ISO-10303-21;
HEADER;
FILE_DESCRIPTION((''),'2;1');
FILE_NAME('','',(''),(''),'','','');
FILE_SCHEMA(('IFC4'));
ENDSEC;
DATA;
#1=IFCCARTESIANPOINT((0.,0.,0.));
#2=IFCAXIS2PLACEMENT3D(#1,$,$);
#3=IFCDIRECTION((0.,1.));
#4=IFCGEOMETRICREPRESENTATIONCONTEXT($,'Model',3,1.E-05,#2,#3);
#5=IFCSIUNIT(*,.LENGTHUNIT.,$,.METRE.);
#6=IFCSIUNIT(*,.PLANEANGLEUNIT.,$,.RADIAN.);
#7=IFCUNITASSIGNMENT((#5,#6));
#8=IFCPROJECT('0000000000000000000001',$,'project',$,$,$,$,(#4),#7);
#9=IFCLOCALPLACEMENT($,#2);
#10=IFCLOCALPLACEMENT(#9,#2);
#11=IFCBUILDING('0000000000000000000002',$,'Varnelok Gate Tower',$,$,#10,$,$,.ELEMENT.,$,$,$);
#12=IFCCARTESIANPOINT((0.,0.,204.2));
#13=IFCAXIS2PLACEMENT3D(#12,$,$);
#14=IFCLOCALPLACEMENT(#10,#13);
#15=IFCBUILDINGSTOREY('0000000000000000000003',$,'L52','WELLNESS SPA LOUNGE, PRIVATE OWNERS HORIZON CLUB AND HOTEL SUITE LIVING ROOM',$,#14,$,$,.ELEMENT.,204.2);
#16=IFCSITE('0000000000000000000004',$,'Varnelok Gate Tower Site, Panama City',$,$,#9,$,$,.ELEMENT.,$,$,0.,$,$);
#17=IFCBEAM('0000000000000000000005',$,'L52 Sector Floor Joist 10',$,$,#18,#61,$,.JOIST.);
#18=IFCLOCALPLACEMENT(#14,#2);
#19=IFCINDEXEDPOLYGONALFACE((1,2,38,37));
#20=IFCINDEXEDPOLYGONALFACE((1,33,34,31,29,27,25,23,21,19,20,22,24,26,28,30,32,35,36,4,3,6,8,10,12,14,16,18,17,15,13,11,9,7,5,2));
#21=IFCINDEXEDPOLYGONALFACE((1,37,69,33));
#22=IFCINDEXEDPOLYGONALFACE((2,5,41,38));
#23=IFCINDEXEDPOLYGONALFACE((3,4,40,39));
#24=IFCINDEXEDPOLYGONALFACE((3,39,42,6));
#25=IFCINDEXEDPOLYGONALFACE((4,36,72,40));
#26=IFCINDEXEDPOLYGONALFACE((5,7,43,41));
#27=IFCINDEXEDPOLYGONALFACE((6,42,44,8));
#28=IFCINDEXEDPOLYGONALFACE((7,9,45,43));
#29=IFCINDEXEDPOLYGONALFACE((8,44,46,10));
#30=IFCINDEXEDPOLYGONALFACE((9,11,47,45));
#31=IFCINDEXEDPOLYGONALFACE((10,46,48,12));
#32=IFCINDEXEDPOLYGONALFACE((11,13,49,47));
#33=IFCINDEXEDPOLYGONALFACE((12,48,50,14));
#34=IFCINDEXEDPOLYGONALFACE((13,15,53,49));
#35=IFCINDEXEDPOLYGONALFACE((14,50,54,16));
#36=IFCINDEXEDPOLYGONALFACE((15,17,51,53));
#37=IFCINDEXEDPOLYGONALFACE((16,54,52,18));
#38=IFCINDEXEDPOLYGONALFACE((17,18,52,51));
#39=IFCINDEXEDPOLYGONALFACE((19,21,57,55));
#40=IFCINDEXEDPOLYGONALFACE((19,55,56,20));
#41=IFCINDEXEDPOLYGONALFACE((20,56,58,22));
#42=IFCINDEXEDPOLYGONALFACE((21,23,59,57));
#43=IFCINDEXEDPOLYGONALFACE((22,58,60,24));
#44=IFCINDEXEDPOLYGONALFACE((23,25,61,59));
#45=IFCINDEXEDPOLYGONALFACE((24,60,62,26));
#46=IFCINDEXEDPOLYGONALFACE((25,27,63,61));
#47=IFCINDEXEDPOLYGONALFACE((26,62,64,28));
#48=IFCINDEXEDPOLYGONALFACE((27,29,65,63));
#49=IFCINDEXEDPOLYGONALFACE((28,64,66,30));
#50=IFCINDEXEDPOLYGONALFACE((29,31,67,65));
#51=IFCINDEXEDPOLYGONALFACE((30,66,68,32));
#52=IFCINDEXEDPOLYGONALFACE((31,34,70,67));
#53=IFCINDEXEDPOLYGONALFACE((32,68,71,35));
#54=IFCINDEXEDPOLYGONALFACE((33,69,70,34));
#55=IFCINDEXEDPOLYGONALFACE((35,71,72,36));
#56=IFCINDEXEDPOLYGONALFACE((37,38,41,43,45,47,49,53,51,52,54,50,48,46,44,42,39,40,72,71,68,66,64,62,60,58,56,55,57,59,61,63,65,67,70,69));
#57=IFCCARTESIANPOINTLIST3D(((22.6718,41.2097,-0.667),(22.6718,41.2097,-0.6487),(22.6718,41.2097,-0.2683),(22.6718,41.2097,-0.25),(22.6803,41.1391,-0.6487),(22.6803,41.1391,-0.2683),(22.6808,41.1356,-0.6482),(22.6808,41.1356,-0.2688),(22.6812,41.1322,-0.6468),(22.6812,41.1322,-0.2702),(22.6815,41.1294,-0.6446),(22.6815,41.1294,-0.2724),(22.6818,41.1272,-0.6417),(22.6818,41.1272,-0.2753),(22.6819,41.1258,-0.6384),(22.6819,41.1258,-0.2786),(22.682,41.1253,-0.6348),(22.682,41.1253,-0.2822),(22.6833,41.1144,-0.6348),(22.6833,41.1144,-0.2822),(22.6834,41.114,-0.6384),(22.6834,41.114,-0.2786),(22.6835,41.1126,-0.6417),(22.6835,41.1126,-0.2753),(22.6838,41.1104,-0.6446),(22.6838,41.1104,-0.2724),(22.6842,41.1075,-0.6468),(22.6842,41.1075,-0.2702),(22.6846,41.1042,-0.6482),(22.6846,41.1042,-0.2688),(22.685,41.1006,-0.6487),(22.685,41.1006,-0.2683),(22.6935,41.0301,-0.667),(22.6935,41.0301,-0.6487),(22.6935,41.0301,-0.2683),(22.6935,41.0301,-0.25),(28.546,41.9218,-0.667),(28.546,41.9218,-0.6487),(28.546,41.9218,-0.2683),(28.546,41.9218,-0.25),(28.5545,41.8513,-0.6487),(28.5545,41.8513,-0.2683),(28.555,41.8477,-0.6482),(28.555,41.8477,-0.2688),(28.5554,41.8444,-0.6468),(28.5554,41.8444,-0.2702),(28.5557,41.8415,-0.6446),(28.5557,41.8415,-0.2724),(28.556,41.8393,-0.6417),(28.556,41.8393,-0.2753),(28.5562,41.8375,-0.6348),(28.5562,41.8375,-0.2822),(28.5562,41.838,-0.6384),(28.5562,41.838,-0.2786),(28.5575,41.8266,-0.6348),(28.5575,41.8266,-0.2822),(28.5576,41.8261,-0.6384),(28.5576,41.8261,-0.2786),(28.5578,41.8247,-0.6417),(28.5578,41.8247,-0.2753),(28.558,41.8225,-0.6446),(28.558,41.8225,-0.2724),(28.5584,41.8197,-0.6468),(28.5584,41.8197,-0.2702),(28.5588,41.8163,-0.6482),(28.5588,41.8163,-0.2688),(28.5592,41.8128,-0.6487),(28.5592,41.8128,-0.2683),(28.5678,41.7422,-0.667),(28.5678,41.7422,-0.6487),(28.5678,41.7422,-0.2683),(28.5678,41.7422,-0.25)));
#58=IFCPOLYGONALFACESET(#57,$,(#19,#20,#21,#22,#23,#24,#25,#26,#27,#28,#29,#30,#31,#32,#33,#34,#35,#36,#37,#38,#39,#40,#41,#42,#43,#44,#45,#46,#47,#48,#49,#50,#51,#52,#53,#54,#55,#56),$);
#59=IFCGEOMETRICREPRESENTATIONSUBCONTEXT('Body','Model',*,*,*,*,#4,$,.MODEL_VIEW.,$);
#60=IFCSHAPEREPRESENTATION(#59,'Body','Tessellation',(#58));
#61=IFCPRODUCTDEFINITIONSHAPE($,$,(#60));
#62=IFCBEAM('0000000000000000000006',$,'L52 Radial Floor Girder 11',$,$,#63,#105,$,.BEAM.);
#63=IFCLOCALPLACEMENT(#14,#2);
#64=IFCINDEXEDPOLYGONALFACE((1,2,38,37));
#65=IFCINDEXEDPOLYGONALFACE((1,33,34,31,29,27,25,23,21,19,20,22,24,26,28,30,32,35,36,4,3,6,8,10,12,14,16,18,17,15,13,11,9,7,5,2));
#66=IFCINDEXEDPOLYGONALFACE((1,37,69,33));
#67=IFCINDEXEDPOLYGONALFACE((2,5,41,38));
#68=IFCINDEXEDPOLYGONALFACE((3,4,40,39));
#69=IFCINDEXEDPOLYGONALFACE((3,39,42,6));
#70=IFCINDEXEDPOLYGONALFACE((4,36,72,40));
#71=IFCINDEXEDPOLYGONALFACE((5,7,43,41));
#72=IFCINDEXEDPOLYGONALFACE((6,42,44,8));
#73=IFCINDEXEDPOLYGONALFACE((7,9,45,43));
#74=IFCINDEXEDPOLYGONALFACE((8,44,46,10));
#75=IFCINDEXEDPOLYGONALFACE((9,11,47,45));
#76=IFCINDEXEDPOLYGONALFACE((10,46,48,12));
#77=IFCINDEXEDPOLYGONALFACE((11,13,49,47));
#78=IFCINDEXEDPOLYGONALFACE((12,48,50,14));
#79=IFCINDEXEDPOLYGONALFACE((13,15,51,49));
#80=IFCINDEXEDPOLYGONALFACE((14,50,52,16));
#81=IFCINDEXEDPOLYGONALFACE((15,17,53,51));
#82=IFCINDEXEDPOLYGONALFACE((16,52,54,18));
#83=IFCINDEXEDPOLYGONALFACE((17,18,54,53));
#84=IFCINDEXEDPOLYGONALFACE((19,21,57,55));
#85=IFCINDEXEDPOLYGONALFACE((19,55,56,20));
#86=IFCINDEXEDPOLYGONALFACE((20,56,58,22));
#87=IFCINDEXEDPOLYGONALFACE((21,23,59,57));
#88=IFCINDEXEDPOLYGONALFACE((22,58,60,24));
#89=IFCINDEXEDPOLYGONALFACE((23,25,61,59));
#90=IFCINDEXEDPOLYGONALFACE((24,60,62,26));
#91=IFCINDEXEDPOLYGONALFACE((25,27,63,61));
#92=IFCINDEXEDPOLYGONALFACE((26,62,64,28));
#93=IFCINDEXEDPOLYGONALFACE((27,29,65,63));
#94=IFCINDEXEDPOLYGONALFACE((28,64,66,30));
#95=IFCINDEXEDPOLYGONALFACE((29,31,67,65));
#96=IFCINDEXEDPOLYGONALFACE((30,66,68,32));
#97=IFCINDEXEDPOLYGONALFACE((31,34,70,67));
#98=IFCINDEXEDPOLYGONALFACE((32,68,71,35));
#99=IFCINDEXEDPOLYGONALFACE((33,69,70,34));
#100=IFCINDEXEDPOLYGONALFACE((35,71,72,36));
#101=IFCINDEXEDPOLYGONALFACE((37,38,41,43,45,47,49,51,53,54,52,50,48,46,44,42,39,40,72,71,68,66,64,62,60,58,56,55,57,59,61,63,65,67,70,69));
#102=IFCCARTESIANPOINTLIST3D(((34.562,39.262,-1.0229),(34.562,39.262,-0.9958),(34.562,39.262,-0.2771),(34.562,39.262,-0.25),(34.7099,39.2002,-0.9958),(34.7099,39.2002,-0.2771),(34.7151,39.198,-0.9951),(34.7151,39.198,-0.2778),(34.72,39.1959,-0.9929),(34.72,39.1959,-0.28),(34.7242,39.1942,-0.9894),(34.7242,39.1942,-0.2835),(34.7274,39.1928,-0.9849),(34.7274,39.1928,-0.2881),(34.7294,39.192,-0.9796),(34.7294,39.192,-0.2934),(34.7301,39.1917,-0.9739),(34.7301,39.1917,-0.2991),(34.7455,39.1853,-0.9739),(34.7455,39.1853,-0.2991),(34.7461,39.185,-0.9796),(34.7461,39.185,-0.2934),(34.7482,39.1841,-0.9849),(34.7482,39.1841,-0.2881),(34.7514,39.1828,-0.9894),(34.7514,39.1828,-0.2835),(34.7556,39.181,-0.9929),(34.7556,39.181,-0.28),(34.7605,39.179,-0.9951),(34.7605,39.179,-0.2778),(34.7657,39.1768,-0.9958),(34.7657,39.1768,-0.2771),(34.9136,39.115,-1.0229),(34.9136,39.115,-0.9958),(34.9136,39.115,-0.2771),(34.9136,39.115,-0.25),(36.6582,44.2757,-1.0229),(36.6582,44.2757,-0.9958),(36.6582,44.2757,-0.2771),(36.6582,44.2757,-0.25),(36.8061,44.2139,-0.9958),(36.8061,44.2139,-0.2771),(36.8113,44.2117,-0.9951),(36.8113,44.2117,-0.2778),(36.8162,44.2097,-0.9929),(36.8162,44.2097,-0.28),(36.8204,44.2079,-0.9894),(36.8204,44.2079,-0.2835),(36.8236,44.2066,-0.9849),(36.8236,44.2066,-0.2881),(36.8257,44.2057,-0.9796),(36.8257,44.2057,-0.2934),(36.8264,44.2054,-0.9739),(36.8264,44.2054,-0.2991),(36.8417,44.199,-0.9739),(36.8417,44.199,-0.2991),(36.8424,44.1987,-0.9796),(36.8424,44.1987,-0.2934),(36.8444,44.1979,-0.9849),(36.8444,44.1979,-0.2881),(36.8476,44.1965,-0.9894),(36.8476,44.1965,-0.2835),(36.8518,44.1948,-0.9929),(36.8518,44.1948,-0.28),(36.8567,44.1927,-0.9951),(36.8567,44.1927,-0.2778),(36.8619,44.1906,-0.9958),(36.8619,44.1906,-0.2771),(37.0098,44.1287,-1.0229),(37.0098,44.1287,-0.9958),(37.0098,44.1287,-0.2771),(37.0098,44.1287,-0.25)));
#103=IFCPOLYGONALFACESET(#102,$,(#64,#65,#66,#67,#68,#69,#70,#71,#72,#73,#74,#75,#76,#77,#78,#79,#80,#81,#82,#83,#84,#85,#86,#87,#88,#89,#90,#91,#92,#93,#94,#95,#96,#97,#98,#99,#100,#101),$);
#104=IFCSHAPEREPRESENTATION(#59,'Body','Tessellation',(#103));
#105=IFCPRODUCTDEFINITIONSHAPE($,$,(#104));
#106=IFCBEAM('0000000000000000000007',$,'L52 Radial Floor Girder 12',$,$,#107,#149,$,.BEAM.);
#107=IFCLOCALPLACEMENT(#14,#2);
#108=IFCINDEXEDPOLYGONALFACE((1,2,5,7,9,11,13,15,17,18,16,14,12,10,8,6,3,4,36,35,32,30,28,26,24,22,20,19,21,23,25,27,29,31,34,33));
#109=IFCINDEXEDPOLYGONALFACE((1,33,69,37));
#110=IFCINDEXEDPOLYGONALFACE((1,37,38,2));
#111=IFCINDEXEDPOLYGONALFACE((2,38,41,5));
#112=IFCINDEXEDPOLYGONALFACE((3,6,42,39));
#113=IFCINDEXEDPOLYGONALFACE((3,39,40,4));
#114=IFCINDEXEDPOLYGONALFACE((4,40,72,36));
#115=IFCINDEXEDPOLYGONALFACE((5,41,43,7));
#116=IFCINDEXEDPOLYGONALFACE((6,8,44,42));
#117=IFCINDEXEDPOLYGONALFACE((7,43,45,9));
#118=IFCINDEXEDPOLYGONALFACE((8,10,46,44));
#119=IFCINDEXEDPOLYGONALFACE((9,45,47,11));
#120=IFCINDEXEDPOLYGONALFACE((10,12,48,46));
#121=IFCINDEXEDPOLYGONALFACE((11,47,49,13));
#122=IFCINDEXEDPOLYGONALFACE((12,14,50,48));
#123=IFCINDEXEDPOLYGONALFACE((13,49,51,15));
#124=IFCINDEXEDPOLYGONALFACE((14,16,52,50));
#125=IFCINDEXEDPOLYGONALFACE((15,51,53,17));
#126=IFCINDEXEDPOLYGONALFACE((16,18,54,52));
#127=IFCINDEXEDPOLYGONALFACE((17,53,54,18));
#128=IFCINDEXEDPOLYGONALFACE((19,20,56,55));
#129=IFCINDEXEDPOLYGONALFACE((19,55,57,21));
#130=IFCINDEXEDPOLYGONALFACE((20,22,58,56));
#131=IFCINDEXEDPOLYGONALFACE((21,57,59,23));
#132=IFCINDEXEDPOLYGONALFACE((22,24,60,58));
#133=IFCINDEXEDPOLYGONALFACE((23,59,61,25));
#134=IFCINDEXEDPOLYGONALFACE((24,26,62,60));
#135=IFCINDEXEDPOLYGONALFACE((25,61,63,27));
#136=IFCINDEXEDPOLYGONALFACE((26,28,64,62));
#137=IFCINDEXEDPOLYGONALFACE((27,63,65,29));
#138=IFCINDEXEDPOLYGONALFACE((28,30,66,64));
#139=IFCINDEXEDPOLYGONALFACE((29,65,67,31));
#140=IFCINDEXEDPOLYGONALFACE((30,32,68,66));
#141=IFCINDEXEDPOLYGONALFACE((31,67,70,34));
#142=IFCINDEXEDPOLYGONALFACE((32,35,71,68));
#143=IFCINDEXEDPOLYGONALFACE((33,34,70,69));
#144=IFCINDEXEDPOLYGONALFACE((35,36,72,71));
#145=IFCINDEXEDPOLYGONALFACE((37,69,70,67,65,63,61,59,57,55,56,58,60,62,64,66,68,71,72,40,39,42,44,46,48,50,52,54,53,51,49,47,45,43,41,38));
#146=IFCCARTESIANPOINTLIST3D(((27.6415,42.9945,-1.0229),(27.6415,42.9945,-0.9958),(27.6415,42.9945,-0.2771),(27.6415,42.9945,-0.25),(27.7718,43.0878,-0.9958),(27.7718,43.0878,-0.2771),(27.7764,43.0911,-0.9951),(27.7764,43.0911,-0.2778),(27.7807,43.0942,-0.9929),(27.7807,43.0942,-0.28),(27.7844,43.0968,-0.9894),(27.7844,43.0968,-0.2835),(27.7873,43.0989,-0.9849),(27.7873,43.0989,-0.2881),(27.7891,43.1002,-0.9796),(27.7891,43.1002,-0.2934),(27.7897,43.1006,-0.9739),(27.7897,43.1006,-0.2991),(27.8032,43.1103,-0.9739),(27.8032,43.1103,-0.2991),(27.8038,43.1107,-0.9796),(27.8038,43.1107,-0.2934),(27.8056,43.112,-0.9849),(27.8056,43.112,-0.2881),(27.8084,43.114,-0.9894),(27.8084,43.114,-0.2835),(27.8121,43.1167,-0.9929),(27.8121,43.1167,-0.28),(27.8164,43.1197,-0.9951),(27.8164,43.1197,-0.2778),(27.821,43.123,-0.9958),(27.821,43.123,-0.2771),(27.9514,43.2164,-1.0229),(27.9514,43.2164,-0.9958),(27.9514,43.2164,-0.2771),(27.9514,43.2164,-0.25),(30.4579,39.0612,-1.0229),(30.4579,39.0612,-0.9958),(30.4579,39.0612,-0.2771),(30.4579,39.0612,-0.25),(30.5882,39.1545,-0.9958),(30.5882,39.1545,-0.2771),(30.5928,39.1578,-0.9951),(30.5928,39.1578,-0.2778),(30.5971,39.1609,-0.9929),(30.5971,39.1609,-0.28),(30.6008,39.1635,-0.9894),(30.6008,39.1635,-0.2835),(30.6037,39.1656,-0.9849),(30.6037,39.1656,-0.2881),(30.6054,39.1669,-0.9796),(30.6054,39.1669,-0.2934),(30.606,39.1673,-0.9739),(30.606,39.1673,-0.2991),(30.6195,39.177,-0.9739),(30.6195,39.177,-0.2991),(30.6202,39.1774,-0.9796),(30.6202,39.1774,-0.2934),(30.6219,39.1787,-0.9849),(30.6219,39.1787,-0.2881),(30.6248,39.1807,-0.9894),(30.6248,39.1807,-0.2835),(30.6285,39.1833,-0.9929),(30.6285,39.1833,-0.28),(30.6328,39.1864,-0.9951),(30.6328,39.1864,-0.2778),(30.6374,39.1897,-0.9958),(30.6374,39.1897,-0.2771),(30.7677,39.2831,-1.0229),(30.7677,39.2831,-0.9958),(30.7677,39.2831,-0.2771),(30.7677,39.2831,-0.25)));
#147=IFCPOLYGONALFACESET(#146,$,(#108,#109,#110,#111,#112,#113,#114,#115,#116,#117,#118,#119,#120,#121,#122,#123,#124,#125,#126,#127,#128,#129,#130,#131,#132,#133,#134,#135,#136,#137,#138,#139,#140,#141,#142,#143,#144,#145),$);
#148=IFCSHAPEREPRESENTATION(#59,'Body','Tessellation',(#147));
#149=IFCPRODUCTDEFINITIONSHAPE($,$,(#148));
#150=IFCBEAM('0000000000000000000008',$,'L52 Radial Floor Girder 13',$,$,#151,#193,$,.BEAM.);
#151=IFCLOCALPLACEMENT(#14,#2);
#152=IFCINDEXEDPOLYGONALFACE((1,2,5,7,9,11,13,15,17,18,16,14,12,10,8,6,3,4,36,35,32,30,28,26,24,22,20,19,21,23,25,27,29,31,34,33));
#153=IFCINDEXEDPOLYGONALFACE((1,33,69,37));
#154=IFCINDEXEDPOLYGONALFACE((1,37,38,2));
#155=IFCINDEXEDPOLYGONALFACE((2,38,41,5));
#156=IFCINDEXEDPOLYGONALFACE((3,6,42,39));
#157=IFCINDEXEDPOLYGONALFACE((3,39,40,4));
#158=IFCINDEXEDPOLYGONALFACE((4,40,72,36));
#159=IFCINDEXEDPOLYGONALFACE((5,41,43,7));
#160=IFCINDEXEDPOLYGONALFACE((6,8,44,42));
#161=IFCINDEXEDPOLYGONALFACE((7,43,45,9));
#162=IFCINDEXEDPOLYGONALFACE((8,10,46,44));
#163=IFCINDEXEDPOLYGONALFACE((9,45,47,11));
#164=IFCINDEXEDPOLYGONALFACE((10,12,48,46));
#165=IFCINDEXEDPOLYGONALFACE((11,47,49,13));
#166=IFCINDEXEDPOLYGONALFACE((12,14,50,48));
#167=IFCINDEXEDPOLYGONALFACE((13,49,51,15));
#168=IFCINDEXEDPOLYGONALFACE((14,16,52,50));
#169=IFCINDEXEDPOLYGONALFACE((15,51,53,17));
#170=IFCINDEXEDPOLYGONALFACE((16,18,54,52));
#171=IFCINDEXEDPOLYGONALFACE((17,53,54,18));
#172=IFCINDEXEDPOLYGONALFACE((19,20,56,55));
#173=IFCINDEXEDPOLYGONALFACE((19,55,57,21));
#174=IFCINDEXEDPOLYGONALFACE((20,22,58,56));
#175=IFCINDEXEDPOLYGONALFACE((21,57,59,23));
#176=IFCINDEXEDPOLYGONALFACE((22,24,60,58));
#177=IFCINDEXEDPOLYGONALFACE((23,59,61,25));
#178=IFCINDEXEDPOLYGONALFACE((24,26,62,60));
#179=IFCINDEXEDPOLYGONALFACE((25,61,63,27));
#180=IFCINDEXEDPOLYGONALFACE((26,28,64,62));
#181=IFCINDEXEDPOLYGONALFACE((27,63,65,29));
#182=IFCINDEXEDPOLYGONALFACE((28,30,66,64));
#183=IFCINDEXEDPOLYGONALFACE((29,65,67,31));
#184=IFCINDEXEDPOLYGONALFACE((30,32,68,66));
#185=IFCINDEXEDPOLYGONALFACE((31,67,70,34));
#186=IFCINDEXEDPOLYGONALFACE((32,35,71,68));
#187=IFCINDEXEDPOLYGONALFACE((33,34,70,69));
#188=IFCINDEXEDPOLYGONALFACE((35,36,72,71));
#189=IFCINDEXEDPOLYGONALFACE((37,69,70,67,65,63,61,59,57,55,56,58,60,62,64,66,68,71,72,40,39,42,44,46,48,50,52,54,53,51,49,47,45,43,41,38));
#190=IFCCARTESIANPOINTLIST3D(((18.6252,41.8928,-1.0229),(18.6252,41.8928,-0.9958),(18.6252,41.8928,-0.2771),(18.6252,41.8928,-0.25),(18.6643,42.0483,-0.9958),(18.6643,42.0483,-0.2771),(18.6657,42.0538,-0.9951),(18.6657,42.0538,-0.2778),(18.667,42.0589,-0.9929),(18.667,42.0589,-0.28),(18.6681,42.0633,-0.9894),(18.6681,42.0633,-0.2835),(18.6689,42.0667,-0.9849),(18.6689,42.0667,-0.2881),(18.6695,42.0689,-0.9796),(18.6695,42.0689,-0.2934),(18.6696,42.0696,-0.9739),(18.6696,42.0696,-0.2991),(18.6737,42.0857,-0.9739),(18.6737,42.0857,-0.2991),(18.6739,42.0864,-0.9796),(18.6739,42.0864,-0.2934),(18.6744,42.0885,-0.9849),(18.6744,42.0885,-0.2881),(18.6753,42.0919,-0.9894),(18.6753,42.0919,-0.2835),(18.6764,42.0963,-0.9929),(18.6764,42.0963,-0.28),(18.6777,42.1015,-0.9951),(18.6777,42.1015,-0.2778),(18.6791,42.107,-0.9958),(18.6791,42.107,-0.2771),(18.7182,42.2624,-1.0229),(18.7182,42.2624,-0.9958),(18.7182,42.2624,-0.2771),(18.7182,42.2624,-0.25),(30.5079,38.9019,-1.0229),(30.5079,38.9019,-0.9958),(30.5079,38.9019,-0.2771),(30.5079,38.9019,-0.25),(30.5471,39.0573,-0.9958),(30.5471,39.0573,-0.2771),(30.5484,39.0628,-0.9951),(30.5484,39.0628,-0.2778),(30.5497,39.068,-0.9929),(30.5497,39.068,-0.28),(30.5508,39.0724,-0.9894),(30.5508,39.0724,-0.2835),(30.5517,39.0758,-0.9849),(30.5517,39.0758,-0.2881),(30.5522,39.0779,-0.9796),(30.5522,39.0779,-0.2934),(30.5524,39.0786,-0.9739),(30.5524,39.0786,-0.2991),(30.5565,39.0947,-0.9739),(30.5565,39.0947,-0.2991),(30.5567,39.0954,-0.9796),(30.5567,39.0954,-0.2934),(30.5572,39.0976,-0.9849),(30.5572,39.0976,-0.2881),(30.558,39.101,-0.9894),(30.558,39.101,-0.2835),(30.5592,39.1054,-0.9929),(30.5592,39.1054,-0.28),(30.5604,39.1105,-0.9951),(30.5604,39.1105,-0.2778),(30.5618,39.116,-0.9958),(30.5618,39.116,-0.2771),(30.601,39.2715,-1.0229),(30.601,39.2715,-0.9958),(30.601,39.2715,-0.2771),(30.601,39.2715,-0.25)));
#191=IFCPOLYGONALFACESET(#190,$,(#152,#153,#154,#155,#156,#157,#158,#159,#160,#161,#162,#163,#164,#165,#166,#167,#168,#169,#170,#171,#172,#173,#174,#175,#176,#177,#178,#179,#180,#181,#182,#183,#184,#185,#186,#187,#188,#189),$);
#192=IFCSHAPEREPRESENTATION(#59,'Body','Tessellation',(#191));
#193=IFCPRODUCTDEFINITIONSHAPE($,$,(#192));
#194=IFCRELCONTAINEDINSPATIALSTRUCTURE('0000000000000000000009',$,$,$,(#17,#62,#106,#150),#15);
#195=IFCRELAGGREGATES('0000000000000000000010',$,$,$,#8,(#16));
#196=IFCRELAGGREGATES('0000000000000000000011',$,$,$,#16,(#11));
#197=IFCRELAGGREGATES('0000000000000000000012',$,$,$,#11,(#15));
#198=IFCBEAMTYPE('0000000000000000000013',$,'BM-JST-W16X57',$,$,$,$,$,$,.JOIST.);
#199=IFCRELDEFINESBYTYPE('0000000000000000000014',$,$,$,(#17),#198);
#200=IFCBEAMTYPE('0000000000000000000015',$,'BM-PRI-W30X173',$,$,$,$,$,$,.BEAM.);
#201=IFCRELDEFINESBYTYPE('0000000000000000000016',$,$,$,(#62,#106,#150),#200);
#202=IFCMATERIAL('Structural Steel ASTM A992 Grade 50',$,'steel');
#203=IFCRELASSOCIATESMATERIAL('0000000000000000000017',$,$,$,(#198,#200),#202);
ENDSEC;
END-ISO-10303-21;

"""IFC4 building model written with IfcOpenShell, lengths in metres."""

from ifc_helpers import new_model, si_unit, direction, frame, origin, origin_2d, place, context, subcontext, project, spatial, i_section, extrude, material, material_profile, profile_set, type_object, element, save


model = new_model("IFC4")

# Units and contexts
model_context = context("Model", 3, precision=1e-05, world=origin(), true_north=direction((0.0, 1.0)))
body_context = subcontext(model_context, "Body", "Model", "MODEL_VIEW")
ifc_project = project(units=[si_unit("LENGTHUNIT", "METRE"), si_unit("PLANEANGLEUNIT", "RADIAN")], contexts=[model_context])

# Site, building, storey
site_placement = place(None, origin())
site = spatial("IfcSite", under=ifc_project, at=site_placement, Name="Varnelok Gate Tower Site, Panama City", CompositionType="ELEMENT", RefElevation=0.0)
building_placement = place(site_placement, origin())
building = spatial("IfcBuilding", under=site, at=building_placement, Name="Varnelok Gate Tower", CompositionType="ELEMENT")
storey_placement = place(building_placement, frame((0.0, 0.0, 204.2)))
storey = spatial("IfcBuildingStorey", under=building, at=storey_placement, Name="L52", Description="WELLNESS SPA LOUNGE, PRIVATE OWNERS HORIZON CLUB AND HOTEL SUITE LIVING ROOM", CompositionType="ELEMENT", Elevation=204.2)

# Shared definitions
ifc_material_1 = material(Name="Structural Steel ASTM A992 Grade 50", Category="steel")

# Beams
ifc_material_profile_1 = material_profile(ifc_material_1, i_section(OverallWidth=0.1809, OverallDepth=0.417, WebThickness=0.011, FlangeThickness=0.0183, FilletRadius=0.0139, at=origin_2d()), Name="W16X57")
ifc_profile_set_1 = profile_set([ifc_material_profile_1], Name="Structural Steel ASTM A992 Grade 50")
beam_type_1 = type_object("IfcBeamType", Name="BM-JST-W16X57", PredefinedType="JOIST", material=ifc_profile_set_1)
beam_1_placement = place(storey_placement, frame((28.5569, 41.832, -0.4585), z_axis=(-0.992731, -0.120352, 0.0), x_axis=(0.120352, -0.992731, 0.0)))
element("IfcBeam", 1, at=beam_1_placement, inside=storey, type_object=beam_type_1, Name="L52 Sector Floor Joist 10", PredefinedType="JOIST", context=body_context, shape_type="SweptSolid", body=[
    extrude(i_section(OverallWidth=0.1809, OverallDepth=0.417, WebThickness=0.011, FlangeThickness=0.0183, FilletRadius=0.0139, at=origin_2d()), origin(), (0.0, 0.0, 1.0), 5.9172),
])
ifc_material_profile_2 = material_profile(ifc_material_1, i_section(OverallWidth=0.3811, OverallDepth=0.7729, WebThickness=0.0166, FlangeThickness=0.0271, FilletRadius=0.022, at=origin_2d()), Name="W30X173")
ifc_profile_set_2 = profile_set([ifc_material_profile_2], Name="Structural Steel ASTM A992 Grade 50")
beam_type_2 = type_object("IfcBeamType", Name="BM-PRI-W30X173", PredefinedType="BEAM", material=ifc_profile_set_2)
beam_2_placement = place(storey_placement, frame((34.7378, 39.1885, -0.6365), z_axis=(0.385738, 0.922608, 0.0), x_axis=(-0.922608, 0.385738, 0.0)))
element("IfcBeam", 2, at=beam_2_placement, inside=storey, type_object=beam_type_2, Name="L52 Radial Floor Girder 11", PredefinedType="BEAM", context=body_context, shape_type="SweptSolid", body=[
    extrude(i_section(OverallWidth=0.3811, OverallDepth=0.7729, WebThickness=0.0166, FlangeThickness=0.0271, FilletRadius=0.022, at=origin_2d()), origin(), (0.0, 0.0, 1.0), 5.4343),
])
beam_3_placement = place(storey_placement, frame((30.6128, 39.1721, -0.6365), z_axis=(-0.582178, 0.813061, 0.0), x_axis=(-0.813061, -0.582178, 0.0)))
element("IfcBeam", 3, at=beam_3_placement, inside=storey, type_object=beam_type_2, Name="L52 Radial Floor Girder 12", PredefinedType="BEAM", context=body_context, shape_type="SweptSolid", body=[
    extrude(i_section(OverallWidth=0.3811, OverallDepth=0.7729, WebThickness=0.0166, FlangeThickness=0.0271, FilletRadius=0.022, at=origin_2d()), origin(), (0.0, 0.0, 1.0), 4.8376),
])
beam_4_placement = place(storey_placement, frame((30.5544, 39.0867, -0.6365), z_axis=(-0.969752, 0.244092, 0.0), x_axis=(-0.244092, -0.969752, 0.0)))
element("IfcBeam", 4, at=beam_4_placement, inside=storey, type_object=beam_type_2, Name="L52 Radial Floor Girder 13", PredefinedType="BEAM", context=body_context, shape_type="SweptSolid", body=[
    extrude(i_section(OverallWidth=0.3811, OverallDepth=0.7729, WebThickness=0.0166, FlangeThickness=0.0271, FilletRadius=0.022, at=origin_2d()), origin(), (0.0, 0.0, 1.0), 12.2534),
])

save(model, "model.ifc")
